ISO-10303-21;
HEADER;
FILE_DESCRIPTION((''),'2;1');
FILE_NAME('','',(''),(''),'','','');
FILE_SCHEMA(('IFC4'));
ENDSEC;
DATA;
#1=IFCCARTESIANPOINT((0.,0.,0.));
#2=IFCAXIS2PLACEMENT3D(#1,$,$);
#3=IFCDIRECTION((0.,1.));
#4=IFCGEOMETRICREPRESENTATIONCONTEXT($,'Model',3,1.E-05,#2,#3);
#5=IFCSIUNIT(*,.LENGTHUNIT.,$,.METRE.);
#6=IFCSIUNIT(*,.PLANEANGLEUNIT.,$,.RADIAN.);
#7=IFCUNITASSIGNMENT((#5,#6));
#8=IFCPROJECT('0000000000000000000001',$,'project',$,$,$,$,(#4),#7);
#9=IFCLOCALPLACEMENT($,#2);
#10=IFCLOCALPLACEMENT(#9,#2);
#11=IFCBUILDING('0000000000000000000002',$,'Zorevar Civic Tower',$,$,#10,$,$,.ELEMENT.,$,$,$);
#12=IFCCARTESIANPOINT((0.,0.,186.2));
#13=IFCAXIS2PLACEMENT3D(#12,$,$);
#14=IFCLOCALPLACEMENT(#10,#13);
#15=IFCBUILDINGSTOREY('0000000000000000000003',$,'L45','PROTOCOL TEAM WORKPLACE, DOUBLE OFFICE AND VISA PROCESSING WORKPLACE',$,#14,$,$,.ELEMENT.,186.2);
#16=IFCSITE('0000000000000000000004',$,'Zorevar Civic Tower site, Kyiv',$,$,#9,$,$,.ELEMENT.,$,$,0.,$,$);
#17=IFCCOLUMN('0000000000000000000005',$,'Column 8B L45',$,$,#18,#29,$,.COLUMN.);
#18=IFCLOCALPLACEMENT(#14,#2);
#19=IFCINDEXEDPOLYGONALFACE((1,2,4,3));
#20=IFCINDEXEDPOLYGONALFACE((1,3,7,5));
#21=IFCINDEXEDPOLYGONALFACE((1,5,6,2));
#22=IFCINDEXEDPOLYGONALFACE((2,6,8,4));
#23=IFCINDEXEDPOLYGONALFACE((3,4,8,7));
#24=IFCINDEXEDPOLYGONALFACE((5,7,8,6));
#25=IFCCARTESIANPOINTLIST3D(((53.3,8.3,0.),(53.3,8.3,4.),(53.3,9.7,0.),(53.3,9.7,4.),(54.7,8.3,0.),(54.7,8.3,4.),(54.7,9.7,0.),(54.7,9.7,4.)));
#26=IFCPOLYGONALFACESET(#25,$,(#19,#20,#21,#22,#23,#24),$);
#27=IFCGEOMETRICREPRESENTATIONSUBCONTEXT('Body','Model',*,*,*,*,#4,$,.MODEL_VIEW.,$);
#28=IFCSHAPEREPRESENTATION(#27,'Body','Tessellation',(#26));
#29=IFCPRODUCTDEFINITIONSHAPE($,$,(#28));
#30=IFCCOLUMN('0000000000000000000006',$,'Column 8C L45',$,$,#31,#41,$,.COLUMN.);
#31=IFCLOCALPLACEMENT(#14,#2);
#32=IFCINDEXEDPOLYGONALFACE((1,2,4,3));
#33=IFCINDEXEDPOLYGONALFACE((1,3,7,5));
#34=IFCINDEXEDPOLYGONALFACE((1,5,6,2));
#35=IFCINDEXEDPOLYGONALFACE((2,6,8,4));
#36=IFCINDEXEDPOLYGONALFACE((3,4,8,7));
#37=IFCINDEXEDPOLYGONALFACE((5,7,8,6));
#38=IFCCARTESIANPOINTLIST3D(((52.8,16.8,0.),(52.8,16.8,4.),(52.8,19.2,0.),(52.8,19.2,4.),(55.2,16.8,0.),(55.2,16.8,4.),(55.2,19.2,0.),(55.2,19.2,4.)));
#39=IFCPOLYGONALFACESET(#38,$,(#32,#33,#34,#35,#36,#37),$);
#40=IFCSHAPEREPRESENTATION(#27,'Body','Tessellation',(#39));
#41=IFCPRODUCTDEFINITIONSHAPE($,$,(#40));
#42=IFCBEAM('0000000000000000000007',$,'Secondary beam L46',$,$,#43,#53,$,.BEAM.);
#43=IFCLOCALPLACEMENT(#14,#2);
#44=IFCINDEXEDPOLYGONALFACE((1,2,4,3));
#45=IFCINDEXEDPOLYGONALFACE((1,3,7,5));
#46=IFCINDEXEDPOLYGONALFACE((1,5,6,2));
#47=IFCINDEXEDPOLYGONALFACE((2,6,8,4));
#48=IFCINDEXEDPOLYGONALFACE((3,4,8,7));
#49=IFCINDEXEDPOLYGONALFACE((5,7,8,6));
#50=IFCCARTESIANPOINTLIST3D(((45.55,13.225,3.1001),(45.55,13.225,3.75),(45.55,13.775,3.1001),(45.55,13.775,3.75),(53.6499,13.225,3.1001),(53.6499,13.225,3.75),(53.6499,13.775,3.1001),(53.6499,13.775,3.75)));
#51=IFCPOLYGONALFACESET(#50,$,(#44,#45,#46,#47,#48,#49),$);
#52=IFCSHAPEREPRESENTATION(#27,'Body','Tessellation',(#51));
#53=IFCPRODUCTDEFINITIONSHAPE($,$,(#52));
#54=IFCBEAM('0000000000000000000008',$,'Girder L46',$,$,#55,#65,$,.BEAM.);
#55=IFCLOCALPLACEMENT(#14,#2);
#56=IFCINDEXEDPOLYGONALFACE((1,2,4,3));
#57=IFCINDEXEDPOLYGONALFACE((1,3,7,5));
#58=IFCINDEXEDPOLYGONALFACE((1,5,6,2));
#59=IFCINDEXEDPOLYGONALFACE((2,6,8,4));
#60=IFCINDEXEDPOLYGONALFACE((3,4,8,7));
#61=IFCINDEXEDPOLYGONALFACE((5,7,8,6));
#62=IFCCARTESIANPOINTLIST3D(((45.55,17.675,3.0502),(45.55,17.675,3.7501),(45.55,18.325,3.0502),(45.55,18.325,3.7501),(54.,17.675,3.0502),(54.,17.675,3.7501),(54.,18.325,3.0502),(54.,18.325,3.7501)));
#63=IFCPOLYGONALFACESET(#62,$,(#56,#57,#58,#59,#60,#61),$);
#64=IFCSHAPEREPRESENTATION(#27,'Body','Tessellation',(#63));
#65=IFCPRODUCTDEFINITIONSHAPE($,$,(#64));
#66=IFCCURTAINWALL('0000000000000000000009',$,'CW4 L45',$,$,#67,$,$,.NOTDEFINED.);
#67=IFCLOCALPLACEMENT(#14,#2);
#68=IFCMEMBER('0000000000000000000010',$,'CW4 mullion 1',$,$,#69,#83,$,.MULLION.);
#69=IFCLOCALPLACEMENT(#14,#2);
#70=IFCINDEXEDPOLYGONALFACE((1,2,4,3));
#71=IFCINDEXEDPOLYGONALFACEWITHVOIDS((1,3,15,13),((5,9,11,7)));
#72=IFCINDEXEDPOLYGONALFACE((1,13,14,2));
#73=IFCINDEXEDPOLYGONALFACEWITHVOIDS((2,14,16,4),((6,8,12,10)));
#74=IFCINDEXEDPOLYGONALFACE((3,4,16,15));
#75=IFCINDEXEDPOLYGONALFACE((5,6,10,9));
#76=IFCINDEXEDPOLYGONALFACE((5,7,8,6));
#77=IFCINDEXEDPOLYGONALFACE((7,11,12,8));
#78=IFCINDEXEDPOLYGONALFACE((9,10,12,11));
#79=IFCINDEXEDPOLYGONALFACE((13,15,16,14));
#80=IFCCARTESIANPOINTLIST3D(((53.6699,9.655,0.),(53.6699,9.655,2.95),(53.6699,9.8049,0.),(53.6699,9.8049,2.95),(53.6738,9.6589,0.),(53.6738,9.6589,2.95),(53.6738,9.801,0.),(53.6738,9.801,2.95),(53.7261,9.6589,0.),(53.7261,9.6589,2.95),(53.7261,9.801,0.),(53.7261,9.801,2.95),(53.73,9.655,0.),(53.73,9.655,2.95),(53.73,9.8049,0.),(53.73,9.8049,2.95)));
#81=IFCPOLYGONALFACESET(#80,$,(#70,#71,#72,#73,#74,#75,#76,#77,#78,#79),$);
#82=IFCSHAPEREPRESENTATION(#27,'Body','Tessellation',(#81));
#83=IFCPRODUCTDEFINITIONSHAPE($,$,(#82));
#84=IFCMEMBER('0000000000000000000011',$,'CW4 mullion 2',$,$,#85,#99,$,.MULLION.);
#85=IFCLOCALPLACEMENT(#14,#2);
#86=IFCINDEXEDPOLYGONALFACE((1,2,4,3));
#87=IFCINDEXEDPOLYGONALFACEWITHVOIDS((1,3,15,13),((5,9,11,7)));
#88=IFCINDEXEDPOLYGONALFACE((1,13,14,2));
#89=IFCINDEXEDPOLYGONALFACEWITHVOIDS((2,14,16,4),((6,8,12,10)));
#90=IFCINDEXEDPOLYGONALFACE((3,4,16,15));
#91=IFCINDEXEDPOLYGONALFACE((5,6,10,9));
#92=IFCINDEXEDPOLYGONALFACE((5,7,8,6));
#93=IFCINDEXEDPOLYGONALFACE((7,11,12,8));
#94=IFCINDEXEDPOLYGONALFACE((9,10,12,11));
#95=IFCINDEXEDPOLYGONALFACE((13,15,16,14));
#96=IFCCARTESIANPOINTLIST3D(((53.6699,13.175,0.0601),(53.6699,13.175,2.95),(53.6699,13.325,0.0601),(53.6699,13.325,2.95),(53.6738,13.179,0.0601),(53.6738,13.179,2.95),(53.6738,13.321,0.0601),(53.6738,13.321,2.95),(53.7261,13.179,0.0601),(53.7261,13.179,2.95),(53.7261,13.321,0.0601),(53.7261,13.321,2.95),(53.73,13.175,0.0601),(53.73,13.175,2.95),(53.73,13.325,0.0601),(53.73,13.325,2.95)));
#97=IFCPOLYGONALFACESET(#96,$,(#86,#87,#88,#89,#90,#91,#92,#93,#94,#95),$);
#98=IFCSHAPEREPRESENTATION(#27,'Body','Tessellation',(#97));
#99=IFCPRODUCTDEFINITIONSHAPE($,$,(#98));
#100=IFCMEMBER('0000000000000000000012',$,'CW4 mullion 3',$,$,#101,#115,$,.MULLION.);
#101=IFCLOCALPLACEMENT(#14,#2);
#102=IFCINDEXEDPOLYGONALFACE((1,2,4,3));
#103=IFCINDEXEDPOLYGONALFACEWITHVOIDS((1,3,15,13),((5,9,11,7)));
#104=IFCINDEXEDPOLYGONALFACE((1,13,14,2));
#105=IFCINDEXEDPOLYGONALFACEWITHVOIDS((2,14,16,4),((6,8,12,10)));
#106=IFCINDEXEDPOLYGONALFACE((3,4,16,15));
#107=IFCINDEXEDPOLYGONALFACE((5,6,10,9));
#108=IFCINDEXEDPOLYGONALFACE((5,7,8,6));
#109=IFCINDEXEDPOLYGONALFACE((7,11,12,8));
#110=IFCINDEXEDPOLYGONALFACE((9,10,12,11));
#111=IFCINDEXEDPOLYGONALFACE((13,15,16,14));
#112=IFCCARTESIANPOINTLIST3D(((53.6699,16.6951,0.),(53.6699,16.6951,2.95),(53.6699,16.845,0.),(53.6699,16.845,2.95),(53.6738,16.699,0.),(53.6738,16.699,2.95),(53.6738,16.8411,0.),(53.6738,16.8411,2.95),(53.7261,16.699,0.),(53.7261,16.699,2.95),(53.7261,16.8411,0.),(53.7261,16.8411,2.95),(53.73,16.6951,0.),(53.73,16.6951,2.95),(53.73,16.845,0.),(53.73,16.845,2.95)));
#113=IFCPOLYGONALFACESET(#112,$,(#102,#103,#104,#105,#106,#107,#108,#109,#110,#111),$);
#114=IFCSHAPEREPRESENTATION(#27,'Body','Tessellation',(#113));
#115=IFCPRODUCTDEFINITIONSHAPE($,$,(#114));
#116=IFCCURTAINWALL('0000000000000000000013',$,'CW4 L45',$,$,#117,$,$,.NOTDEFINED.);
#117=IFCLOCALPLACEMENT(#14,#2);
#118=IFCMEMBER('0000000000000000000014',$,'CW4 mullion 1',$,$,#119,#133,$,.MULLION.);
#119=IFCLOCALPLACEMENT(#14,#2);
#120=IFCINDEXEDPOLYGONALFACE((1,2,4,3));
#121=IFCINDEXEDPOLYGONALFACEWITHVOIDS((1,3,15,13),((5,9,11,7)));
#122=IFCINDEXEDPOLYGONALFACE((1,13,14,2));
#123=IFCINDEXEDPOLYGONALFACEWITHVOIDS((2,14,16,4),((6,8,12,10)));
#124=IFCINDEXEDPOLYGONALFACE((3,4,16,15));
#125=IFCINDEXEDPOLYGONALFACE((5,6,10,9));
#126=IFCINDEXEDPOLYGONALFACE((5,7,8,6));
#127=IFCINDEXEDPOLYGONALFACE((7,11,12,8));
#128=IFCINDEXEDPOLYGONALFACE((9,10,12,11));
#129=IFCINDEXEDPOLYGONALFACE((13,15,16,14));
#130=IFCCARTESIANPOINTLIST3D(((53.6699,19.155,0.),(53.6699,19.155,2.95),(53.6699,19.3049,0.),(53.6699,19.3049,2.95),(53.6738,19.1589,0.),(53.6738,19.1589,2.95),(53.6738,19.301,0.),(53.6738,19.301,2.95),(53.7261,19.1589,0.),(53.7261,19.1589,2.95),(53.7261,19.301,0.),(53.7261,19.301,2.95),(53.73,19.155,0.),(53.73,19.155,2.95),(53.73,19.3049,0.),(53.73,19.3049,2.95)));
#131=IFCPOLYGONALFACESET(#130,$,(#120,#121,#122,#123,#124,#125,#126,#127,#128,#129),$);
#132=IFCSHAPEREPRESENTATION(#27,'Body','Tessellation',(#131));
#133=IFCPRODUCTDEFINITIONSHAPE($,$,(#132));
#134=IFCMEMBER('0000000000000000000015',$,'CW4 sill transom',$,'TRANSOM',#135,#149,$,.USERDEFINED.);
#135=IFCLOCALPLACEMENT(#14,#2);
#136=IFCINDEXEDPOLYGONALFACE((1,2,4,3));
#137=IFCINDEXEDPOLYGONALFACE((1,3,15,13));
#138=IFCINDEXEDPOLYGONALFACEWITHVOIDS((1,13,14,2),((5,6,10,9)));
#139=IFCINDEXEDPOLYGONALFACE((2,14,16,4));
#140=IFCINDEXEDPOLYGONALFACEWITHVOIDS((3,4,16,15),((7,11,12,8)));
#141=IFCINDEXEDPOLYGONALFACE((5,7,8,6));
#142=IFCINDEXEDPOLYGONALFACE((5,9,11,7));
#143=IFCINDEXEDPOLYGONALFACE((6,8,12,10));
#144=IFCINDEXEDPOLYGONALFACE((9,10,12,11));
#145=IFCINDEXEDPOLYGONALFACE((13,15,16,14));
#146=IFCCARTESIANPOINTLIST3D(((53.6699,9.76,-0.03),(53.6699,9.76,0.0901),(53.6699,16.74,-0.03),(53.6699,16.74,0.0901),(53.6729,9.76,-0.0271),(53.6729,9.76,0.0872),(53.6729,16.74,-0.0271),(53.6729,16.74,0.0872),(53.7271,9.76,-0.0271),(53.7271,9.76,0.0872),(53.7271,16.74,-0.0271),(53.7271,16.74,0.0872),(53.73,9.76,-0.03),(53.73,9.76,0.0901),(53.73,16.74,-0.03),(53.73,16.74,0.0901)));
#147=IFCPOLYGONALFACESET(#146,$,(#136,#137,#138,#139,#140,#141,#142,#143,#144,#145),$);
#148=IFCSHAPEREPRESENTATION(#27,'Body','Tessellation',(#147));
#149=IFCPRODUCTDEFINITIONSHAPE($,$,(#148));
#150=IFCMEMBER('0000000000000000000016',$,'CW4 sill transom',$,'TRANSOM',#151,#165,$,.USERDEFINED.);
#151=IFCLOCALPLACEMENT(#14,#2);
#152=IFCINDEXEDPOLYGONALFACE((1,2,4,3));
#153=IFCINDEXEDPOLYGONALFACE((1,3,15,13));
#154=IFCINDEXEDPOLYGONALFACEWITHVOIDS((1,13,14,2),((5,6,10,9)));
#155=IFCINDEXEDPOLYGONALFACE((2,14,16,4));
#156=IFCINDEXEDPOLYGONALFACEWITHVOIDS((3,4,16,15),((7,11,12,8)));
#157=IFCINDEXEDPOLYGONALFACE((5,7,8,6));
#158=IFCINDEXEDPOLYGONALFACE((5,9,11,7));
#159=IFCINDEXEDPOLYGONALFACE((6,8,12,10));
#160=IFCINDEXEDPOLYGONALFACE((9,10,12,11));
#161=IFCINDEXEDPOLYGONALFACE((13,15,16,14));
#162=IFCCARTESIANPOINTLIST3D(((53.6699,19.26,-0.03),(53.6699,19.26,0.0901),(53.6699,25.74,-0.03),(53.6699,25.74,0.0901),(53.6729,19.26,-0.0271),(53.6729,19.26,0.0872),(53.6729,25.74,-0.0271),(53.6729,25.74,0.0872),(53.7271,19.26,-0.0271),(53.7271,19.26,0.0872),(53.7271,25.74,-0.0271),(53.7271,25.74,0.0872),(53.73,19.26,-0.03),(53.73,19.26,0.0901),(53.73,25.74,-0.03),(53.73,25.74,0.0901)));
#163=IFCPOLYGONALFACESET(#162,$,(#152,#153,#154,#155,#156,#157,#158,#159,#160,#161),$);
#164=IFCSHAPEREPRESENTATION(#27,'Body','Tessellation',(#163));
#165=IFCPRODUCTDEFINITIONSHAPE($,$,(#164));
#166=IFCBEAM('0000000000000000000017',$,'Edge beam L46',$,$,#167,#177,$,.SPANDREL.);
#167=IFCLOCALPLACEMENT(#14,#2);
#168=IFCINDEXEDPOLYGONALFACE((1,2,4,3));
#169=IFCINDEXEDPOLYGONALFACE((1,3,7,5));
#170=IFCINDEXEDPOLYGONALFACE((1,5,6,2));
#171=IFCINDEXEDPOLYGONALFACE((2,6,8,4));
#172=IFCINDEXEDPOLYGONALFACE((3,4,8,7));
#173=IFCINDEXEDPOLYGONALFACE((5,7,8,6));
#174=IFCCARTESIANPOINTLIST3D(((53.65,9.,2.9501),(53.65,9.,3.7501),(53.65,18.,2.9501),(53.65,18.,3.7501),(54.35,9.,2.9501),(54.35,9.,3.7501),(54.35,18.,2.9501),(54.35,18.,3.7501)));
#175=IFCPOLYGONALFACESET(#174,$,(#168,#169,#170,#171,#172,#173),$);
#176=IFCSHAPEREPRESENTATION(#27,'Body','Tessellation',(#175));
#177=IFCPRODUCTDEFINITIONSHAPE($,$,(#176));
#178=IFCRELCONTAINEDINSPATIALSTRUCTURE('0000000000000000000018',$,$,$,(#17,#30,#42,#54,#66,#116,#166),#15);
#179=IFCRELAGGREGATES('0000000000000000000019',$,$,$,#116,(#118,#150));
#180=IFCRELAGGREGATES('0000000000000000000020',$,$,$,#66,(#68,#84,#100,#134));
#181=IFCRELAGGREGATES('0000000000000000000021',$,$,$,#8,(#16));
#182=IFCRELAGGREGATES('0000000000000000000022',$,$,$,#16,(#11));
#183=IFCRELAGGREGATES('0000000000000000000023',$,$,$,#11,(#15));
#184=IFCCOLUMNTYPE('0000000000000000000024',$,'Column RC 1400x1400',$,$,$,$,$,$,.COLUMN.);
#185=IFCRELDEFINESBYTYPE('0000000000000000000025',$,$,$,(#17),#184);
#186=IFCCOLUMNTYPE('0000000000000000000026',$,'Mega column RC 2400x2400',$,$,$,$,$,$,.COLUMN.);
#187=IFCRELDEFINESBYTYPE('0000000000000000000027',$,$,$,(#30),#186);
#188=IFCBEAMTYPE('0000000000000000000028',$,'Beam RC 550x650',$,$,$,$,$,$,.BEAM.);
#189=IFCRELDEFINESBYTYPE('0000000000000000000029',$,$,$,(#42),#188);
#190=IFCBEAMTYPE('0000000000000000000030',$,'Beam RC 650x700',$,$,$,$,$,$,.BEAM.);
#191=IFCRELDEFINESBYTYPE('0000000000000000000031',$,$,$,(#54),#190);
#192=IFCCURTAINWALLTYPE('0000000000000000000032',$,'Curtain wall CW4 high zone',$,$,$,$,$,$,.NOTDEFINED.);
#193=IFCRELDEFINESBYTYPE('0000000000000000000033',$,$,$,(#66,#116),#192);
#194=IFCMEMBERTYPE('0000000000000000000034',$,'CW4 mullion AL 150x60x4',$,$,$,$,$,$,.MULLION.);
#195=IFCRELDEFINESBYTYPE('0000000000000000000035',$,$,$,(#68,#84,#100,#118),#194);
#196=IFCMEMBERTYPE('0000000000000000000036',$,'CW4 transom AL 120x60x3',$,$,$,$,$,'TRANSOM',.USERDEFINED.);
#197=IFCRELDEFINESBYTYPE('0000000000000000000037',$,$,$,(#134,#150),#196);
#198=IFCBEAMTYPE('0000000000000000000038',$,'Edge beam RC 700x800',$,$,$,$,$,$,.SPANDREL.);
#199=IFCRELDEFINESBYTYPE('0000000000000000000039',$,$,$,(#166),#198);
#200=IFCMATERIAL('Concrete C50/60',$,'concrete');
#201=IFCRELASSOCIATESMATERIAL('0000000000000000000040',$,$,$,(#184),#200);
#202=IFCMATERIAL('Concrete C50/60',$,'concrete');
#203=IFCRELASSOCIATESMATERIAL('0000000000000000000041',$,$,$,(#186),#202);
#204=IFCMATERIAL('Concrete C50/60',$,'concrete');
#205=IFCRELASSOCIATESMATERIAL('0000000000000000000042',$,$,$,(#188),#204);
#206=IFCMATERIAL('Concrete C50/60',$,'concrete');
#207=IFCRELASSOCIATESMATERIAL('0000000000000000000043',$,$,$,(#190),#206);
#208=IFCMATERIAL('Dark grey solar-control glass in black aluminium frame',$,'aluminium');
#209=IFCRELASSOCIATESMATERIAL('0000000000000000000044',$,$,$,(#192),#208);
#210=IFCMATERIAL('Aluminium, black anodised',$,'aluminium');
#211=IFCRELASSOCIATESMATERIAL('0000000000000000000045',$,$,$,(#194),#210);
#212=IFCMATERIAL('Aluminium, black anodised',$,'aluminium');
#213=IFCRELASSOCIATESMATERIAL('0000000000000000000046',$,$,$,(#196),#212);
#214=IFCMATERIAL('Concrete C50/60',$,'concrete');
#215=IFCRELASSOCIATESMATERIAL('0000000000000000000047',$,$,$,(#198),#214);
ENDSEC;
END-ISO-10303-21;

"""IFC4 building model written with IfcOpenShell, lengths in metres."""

from ifc_helpers import new_model, si_unit, direction, frame, origin, origin_2d, place, context, subcontext, project, spatial, rectangle, hollow_rectangle, extrude, material, material_profile, profile_set, type_object, element, aggregate, save


model = new_model("IFC4")

# Units and contexts
model_context = context("Model", 3, precision=1e-05, world=origin(), true_north=direction((0.0, 1.0)))
body_context = subcontext(model_context, "Body", "Model", "MODEL_VIEW")
ifc_project = project(units=[si_unit("LENGTHUNIT", "METRE"), si_unit("PLANEANGLEUNIT", "RADIAN")], contexts=[model_context])

# Site, building, storey
site_placement = place(None, origin())
site = spatial("IfcSite", under=ifc_project, at=site_placement, Name="Zorevar Civic Tower site, Kyiv", CompositionType="ELEMENT", RefElevation=0.0)
building_placement = place(site_placement, origin())
building = spatial("IfcBuilding", under=site, at=building_placement, Name="Zorevar Civic Tower", CompositionType="ELEMENT")
storey_placement = place(building_placement, frame((0.0, 0.0, 186.2)))
storey = spatial("IfcBuildingStorey", under=building, at=storey_placement, Name="L45", Description="PROTOCOL TEAM WORKPLACE, DOUBLE OFFICE AND VISA PROCESSING WORKPLACE", CompositionType="ELEMENT", Elevation=186.2)

# Columns
ifc_material_1 = material(Name="Concrete C50/60", Category="concrete")
ifc_material_profile_1 = material_profile(ifc_material_1, rectangle(XDim=1.3999, YDim=1.3999, at=origin_2d()), Name="RC 1400x1400")
ifc_profile_set_1 = profile_set([ifc_material_profile_1], Name="Concrete C50/60")
column_type_1 = type_object("IfcColumnType", Name="Column RC 1400x1400", PredefinedType="COLUMN", material=ifc_profile_set_1)
column_1_placement = place(storey_placement, frame((54.0, 9.0, 0.0), z_axis=(0.0, 0.0, 1.0), x_axis=(1.0, 0.0, 0.0)))
element("IfcColumn", 1, at=column_1_placement, inside=storey, type_object=column_type_1, Name="Column 8B L45", PredefinedType="COLUMN", context=body_context, shape_type="SweptSolid", body=[
    extrude(rectangle(XDim=1.3999, YDim=1.3999, at=origin_2d()), origin(), (0.0, 0.0, 1.0), 4.0),
])
ifc_material_2 = material(Name="Concrete C50/60", Category="concrete")
ifc_material_profile_2 = material_profile(ifc_material_2, rectangle(XDim=2.3999, YDim=2.3999, at=origin_2d()), Name="RC 2400x2400")
ifc_profile_set_2 = profile_set([ifc_material_profile_2], Name="Concrete C50/60")
column_type_2 = type_object("IfcColumnType", Name="Mega column RC 2400x2400", PredefinedType="COLUMN", material=ifc_profile_set_2)
column_2_placement = place(storey_placement, frame((54.0, 18.0, 0.0), z_axis=(0.0, 0.0, 1.0), x_axis=(1.0, 0.0, 0.0)))
element("IfcColumn", 2, at=column_2_placement, inside=storey, type_object=column_type_2, Name="Column 8C L45", PredefinedType="COLUMN", context=body_context, shape_type="SweptSolid", body=[
    extrude(rectangle(XDim=2.3999, YDim=2.3999, at=origin_2d()), origin(), (0.0, 0.0, 1.0), 4.0),
])

# Beams
ifc_material_3 = material(Name="Concrete C50/60", Category="concrete")
ifc_material_profile_3 = material_profile(ifc_material_3, rectangle(XDim=0.55, YDim=0.6499, at=origin_2d()), Name="RC 550x650")
ifc_profile_set_3 = profile_set([ifc_material_profile_3], Name="Concrete C50/60")
beam_type_1 = type_object("IfcBeamType", Name="Beam RC 550x650", PredefinedType="BEAM", material=ifc_profile_set_3)
beam_1_placement = place(storey_placement, frame((45.55, 13.5, 3.425), z_axis=(1.0, 0.0, 0.0), x_axis=(0.0, 1.0, 0.0)))
element("IfcBeam", 3, at=beam_1_placement, inside=storey, type_object=beam_type_1, Name="Secondary beam L46", PredefinedType="BEAM", context=body_context, shape_type="SweptSolid", body=[
    extrude(rectangle(XDim=0.55, YDim=0.6499, at=origin_2d()), origin(), (0.0, 0.0, 1.0), 8.0999),
])
ifc_material_4 = material(Name="Concrete C50/60", Category="concrete")
ifc_material_profile_4 = material_profile(ifc_material_4, rectangle(XDim=0.6499, YDim=0.7, at=origin_2d()), Name="RC 650x700")
ifc_profile_set_4 = profile_set([ifc_material_profile_4], Name="Concrete C50/60")
beam_type_2 = type_object("IfcBeamType", Name="Beam RC 650x700", PredefinedType="BEAM", material=ifc_profile_set_4)
beam_2_placement = place(storey_placement, frame((45.55, 18.0, 3.4001), z_axis=(1.0, 0.0, 0.0), x_axis=(0.0, 1.0, 0.0)))
element("IfcBeam", 4, at=beam_2_placement, inside=storey, type_object=beam_type_2, Name="Girder L46", PredefinedType="BEAM", context=body_context, shape_type="SweptSolid", body=[
    extrude(rectangle(XDim=0.6499, YDim=0.7, at=origin_2d()), origin(), (0.0, 0.0, 1.0), 8.45),
])

# Curtain wall, members
ifc_material_5 = material(Name="Dark grey solar-control glass in black aluminium frame", Category="aluminium")
curtain_wall_type = type_object("IfcCurtainWallType", Name="Curtain wall CW4 high zone", PredefinedType="NOTDEFINED", material=ifc_material_5)
curtain_wall_1_placement = place(storey_placement, origin())
curtain_wall_1 = element("IfcCurtainWall", 5, at=curtain_wall_1_placement, inside=storey, type_object=curtain_wall_type, Name="CW4 L45", PredefinedType="NOTDEFINED")
ifc_material_6 = material(Name="Aluminium, black anodised", Category="aluminium")
ifc_material_profile_5 = material_profile(ifc_material_6, hollow_rectangle(XDim=0.0601, YDim=0.1499, WallThickness=0.0039, at=origin_2d()), Name="AL 150x60x4")
ifc_profile_set_5 = profile_set([ifc_material_profile_5], Name="Aluminium, black anodised")
member_type_1 = type_object("IfcMemberType", Name="CW4 mullion AL 150x60x4", PredefinedType="MULLION", material=ifc_profile_set_5)
member_1_placement = place(storey_placement, frame((53.7, 9.73, 0.0), z_axis=(0.0, 0.0, 1.0), x_axis=(-1.0, 0.0, 0.0)))
member_1 = element("IfcMember", 6, at=member_1_placement, type_object=member_type_1, Name="CW4 mullion 1", PredefinedType="MULLION", context=body_context, shape_type="SweptSolid", body=[
    extrude(hollow_rectangle(XDim=0.0601, YDim=0.1499, WallThickness=0.0039, at=origin_2d()), origin(), (0.0, 0.0, 1.0), 2.95),
])
member_2_placement = place(storey_placement, frame((53.7, 13.25, 0.0601), z_axis=(0.0, 0.0, 1.0), x_axis=(-1.0, 0.0, 0.0)))
member_2 = element("IfcMember", 7, at=member_2_placement, type_object=member_type_1, Name="CW4 mullion 2", PredefinedType="MULLION", context=body_context, shape_type="SweptSolid", body=[
    extrude(hollow_rectangle(XDim=0.0601, YDim=0.1499, WallThickness=0.0039, at=origin_2d()), origin(), (0.0, 0.0, 1.0), 2.8899),
])
member_3_placement = place(storey_placement, frame((53.7, 16.77, 0.0), z_axis=(0.0, 0.0, 1.0), x_axis=(-1.0, 0.0, 0.0)))
member_3 = element("IfcMember", 8, at=member_3_placement, type_object=member_type_1, Name="CW4 mullion 3", PredefinedType="MULLION", context=body_context, shape_type="SweptSolid", body=[
    extrude(hollow_rectangle(XDim=0.0601, YDim=0.1499, WallThickness=0.0039, at=origin_2d()), origin(), (0.0, 0.0, 1.0), 2.95),
])

# Curtain wall, member
curtain_wall_2_placement = place(storey_placement, origin())
curtain_wall_2 = element("IfcCurtainWall", 9, at=curtain_wall_2_placement, inside=storey, type_object=curtain_wall_type, Name="CW4 L45", PredefinedType="NOTDEFINED")
member_4_placement = place(storey_placement, frame((53.7, 19.23, 0.0), z_axis=(0.0, 0.0, 1.0), x_axis=(-1.0, 0.0, 0.0)))
member_4 = element("IfcMember", 10, at=member_4_placement, type_object=member_type_1, Name="CW4 mullion 1", PredefinedType="MULLION", context=body_context, shape_type="SweptSolid", body=[
    extrude(hollow_rectangle(XDim=0.0601, YDim=0.1499, WallThickness=0.0039, at=origin_2d()), origin(), (0.0, 0.0, 1.0), 2.95),
])

# Members
ifc_material_7 = material(Name="Aluminium, black anodised", Category="aluminium")
ifc_material_profile_6 = material_profile(ifc_material_7, hollow_rectangle(XDim=0.0601, YDim=0.1201, WallThickness=0.0029, at=origin_2d()), Name="AL 120x60x3")
ifc_profile_set_6 = profile_set([ifc_material_profile_6], Name="Aluminium, black anodised")
member_type_2 = type_object("IfcMemberType", Name="CW4 transom AL 120x60x3", ElementType="TRANSOM", PredefinedType="USERDEFINED", material=ifc_profile_set_6)
member_5_placement = place(storey_placement, frame((53.7, 9.76, 0.03), z_axis=(0.0, 1.0, 0.0), x_axis=(-1.0, 0.0, 0.0)))
member_5 = element("IfcMember", 11, at=member_5_placement, type_object=member_type_2, Name="CW4 sill transom", ObjectType="TRANSOM", PredefinedType="USERDEFINED", context=body_context, shape_type="SweptSolid", body=[
    extrude(hollow_rectangle(XDim=0.0601, YDim=0.1201, WallThickness=0.0029, at=origin_2d()), origin(), (0.0, 0.0, 1.0), 6.98),
])
member_6_placement = place(storey_placement, frame((53.7, 19.26, 0.03), z_axis=(0.0, 1.0, 0.0), x_axis=(-1.0, 0.0, 0.0)))
member_6 = element("IfcMember", 12, at=member_6_placement, type_object=member_type_2, Name="CW4 sill transom", ObjectType="TRANSOM", PredefinedType="USERDEFINED", context=body_context, shape_type="SweptSolid", body=[
    extrude(hollow_rectangle(XDim=0.0601, YDim=0.1201, WallThickness=0.0029, at=origin_2d()), origin(), (0.0, 0.0, 1.0), 6.48),
])
aggregate(curtain_wall_2, [member_4, member_6])

# Beam
ifc_material_8 = material(Name="Concrete C50/60", Category="concrete")
ifc_material_profile_7 = material_profile(ifc_material_8, rectangle(XDim=0.7, YDim=0.8, at=origin_2d()), Name="RC 700x800")
ifc_profile_set_7 = profile_set([ifc_material_profile_7], Name="Concrete C50/60")
beam_type_3 = type_object("IfcBeamType", Name="Edge beam RC 700x800", PredefinedType="SPANDREL", material=ifc_profile_set_7)
for number, where, z_axis, x_axis, name in (
    (13, (54.0, 9.0, 3.3501), (0.0, 1.0, 0.0), (-1.0, 0.0, 0.0), "Edge beam L46"),
):
    element("IfcBeam", number, at=place(storey_placement, frame(where, z_axis=z_axis, x_axis=x_axis)), inside=storey, type_object=beam_type_3, Name=name, PredefinedType="SPANDREL", context=body_context, shape_type="SweptSolid", body=[
        extrude(rectangle(XDim=0.7, YDim=0.8, at=origin_2d()), origin(), (0.0, 0.0, 1.0), 9.0),
    ])

aggregate(curtain_wall_1, [member_1, member_2, member_3, member_5])

save(model, "model.ifc")
